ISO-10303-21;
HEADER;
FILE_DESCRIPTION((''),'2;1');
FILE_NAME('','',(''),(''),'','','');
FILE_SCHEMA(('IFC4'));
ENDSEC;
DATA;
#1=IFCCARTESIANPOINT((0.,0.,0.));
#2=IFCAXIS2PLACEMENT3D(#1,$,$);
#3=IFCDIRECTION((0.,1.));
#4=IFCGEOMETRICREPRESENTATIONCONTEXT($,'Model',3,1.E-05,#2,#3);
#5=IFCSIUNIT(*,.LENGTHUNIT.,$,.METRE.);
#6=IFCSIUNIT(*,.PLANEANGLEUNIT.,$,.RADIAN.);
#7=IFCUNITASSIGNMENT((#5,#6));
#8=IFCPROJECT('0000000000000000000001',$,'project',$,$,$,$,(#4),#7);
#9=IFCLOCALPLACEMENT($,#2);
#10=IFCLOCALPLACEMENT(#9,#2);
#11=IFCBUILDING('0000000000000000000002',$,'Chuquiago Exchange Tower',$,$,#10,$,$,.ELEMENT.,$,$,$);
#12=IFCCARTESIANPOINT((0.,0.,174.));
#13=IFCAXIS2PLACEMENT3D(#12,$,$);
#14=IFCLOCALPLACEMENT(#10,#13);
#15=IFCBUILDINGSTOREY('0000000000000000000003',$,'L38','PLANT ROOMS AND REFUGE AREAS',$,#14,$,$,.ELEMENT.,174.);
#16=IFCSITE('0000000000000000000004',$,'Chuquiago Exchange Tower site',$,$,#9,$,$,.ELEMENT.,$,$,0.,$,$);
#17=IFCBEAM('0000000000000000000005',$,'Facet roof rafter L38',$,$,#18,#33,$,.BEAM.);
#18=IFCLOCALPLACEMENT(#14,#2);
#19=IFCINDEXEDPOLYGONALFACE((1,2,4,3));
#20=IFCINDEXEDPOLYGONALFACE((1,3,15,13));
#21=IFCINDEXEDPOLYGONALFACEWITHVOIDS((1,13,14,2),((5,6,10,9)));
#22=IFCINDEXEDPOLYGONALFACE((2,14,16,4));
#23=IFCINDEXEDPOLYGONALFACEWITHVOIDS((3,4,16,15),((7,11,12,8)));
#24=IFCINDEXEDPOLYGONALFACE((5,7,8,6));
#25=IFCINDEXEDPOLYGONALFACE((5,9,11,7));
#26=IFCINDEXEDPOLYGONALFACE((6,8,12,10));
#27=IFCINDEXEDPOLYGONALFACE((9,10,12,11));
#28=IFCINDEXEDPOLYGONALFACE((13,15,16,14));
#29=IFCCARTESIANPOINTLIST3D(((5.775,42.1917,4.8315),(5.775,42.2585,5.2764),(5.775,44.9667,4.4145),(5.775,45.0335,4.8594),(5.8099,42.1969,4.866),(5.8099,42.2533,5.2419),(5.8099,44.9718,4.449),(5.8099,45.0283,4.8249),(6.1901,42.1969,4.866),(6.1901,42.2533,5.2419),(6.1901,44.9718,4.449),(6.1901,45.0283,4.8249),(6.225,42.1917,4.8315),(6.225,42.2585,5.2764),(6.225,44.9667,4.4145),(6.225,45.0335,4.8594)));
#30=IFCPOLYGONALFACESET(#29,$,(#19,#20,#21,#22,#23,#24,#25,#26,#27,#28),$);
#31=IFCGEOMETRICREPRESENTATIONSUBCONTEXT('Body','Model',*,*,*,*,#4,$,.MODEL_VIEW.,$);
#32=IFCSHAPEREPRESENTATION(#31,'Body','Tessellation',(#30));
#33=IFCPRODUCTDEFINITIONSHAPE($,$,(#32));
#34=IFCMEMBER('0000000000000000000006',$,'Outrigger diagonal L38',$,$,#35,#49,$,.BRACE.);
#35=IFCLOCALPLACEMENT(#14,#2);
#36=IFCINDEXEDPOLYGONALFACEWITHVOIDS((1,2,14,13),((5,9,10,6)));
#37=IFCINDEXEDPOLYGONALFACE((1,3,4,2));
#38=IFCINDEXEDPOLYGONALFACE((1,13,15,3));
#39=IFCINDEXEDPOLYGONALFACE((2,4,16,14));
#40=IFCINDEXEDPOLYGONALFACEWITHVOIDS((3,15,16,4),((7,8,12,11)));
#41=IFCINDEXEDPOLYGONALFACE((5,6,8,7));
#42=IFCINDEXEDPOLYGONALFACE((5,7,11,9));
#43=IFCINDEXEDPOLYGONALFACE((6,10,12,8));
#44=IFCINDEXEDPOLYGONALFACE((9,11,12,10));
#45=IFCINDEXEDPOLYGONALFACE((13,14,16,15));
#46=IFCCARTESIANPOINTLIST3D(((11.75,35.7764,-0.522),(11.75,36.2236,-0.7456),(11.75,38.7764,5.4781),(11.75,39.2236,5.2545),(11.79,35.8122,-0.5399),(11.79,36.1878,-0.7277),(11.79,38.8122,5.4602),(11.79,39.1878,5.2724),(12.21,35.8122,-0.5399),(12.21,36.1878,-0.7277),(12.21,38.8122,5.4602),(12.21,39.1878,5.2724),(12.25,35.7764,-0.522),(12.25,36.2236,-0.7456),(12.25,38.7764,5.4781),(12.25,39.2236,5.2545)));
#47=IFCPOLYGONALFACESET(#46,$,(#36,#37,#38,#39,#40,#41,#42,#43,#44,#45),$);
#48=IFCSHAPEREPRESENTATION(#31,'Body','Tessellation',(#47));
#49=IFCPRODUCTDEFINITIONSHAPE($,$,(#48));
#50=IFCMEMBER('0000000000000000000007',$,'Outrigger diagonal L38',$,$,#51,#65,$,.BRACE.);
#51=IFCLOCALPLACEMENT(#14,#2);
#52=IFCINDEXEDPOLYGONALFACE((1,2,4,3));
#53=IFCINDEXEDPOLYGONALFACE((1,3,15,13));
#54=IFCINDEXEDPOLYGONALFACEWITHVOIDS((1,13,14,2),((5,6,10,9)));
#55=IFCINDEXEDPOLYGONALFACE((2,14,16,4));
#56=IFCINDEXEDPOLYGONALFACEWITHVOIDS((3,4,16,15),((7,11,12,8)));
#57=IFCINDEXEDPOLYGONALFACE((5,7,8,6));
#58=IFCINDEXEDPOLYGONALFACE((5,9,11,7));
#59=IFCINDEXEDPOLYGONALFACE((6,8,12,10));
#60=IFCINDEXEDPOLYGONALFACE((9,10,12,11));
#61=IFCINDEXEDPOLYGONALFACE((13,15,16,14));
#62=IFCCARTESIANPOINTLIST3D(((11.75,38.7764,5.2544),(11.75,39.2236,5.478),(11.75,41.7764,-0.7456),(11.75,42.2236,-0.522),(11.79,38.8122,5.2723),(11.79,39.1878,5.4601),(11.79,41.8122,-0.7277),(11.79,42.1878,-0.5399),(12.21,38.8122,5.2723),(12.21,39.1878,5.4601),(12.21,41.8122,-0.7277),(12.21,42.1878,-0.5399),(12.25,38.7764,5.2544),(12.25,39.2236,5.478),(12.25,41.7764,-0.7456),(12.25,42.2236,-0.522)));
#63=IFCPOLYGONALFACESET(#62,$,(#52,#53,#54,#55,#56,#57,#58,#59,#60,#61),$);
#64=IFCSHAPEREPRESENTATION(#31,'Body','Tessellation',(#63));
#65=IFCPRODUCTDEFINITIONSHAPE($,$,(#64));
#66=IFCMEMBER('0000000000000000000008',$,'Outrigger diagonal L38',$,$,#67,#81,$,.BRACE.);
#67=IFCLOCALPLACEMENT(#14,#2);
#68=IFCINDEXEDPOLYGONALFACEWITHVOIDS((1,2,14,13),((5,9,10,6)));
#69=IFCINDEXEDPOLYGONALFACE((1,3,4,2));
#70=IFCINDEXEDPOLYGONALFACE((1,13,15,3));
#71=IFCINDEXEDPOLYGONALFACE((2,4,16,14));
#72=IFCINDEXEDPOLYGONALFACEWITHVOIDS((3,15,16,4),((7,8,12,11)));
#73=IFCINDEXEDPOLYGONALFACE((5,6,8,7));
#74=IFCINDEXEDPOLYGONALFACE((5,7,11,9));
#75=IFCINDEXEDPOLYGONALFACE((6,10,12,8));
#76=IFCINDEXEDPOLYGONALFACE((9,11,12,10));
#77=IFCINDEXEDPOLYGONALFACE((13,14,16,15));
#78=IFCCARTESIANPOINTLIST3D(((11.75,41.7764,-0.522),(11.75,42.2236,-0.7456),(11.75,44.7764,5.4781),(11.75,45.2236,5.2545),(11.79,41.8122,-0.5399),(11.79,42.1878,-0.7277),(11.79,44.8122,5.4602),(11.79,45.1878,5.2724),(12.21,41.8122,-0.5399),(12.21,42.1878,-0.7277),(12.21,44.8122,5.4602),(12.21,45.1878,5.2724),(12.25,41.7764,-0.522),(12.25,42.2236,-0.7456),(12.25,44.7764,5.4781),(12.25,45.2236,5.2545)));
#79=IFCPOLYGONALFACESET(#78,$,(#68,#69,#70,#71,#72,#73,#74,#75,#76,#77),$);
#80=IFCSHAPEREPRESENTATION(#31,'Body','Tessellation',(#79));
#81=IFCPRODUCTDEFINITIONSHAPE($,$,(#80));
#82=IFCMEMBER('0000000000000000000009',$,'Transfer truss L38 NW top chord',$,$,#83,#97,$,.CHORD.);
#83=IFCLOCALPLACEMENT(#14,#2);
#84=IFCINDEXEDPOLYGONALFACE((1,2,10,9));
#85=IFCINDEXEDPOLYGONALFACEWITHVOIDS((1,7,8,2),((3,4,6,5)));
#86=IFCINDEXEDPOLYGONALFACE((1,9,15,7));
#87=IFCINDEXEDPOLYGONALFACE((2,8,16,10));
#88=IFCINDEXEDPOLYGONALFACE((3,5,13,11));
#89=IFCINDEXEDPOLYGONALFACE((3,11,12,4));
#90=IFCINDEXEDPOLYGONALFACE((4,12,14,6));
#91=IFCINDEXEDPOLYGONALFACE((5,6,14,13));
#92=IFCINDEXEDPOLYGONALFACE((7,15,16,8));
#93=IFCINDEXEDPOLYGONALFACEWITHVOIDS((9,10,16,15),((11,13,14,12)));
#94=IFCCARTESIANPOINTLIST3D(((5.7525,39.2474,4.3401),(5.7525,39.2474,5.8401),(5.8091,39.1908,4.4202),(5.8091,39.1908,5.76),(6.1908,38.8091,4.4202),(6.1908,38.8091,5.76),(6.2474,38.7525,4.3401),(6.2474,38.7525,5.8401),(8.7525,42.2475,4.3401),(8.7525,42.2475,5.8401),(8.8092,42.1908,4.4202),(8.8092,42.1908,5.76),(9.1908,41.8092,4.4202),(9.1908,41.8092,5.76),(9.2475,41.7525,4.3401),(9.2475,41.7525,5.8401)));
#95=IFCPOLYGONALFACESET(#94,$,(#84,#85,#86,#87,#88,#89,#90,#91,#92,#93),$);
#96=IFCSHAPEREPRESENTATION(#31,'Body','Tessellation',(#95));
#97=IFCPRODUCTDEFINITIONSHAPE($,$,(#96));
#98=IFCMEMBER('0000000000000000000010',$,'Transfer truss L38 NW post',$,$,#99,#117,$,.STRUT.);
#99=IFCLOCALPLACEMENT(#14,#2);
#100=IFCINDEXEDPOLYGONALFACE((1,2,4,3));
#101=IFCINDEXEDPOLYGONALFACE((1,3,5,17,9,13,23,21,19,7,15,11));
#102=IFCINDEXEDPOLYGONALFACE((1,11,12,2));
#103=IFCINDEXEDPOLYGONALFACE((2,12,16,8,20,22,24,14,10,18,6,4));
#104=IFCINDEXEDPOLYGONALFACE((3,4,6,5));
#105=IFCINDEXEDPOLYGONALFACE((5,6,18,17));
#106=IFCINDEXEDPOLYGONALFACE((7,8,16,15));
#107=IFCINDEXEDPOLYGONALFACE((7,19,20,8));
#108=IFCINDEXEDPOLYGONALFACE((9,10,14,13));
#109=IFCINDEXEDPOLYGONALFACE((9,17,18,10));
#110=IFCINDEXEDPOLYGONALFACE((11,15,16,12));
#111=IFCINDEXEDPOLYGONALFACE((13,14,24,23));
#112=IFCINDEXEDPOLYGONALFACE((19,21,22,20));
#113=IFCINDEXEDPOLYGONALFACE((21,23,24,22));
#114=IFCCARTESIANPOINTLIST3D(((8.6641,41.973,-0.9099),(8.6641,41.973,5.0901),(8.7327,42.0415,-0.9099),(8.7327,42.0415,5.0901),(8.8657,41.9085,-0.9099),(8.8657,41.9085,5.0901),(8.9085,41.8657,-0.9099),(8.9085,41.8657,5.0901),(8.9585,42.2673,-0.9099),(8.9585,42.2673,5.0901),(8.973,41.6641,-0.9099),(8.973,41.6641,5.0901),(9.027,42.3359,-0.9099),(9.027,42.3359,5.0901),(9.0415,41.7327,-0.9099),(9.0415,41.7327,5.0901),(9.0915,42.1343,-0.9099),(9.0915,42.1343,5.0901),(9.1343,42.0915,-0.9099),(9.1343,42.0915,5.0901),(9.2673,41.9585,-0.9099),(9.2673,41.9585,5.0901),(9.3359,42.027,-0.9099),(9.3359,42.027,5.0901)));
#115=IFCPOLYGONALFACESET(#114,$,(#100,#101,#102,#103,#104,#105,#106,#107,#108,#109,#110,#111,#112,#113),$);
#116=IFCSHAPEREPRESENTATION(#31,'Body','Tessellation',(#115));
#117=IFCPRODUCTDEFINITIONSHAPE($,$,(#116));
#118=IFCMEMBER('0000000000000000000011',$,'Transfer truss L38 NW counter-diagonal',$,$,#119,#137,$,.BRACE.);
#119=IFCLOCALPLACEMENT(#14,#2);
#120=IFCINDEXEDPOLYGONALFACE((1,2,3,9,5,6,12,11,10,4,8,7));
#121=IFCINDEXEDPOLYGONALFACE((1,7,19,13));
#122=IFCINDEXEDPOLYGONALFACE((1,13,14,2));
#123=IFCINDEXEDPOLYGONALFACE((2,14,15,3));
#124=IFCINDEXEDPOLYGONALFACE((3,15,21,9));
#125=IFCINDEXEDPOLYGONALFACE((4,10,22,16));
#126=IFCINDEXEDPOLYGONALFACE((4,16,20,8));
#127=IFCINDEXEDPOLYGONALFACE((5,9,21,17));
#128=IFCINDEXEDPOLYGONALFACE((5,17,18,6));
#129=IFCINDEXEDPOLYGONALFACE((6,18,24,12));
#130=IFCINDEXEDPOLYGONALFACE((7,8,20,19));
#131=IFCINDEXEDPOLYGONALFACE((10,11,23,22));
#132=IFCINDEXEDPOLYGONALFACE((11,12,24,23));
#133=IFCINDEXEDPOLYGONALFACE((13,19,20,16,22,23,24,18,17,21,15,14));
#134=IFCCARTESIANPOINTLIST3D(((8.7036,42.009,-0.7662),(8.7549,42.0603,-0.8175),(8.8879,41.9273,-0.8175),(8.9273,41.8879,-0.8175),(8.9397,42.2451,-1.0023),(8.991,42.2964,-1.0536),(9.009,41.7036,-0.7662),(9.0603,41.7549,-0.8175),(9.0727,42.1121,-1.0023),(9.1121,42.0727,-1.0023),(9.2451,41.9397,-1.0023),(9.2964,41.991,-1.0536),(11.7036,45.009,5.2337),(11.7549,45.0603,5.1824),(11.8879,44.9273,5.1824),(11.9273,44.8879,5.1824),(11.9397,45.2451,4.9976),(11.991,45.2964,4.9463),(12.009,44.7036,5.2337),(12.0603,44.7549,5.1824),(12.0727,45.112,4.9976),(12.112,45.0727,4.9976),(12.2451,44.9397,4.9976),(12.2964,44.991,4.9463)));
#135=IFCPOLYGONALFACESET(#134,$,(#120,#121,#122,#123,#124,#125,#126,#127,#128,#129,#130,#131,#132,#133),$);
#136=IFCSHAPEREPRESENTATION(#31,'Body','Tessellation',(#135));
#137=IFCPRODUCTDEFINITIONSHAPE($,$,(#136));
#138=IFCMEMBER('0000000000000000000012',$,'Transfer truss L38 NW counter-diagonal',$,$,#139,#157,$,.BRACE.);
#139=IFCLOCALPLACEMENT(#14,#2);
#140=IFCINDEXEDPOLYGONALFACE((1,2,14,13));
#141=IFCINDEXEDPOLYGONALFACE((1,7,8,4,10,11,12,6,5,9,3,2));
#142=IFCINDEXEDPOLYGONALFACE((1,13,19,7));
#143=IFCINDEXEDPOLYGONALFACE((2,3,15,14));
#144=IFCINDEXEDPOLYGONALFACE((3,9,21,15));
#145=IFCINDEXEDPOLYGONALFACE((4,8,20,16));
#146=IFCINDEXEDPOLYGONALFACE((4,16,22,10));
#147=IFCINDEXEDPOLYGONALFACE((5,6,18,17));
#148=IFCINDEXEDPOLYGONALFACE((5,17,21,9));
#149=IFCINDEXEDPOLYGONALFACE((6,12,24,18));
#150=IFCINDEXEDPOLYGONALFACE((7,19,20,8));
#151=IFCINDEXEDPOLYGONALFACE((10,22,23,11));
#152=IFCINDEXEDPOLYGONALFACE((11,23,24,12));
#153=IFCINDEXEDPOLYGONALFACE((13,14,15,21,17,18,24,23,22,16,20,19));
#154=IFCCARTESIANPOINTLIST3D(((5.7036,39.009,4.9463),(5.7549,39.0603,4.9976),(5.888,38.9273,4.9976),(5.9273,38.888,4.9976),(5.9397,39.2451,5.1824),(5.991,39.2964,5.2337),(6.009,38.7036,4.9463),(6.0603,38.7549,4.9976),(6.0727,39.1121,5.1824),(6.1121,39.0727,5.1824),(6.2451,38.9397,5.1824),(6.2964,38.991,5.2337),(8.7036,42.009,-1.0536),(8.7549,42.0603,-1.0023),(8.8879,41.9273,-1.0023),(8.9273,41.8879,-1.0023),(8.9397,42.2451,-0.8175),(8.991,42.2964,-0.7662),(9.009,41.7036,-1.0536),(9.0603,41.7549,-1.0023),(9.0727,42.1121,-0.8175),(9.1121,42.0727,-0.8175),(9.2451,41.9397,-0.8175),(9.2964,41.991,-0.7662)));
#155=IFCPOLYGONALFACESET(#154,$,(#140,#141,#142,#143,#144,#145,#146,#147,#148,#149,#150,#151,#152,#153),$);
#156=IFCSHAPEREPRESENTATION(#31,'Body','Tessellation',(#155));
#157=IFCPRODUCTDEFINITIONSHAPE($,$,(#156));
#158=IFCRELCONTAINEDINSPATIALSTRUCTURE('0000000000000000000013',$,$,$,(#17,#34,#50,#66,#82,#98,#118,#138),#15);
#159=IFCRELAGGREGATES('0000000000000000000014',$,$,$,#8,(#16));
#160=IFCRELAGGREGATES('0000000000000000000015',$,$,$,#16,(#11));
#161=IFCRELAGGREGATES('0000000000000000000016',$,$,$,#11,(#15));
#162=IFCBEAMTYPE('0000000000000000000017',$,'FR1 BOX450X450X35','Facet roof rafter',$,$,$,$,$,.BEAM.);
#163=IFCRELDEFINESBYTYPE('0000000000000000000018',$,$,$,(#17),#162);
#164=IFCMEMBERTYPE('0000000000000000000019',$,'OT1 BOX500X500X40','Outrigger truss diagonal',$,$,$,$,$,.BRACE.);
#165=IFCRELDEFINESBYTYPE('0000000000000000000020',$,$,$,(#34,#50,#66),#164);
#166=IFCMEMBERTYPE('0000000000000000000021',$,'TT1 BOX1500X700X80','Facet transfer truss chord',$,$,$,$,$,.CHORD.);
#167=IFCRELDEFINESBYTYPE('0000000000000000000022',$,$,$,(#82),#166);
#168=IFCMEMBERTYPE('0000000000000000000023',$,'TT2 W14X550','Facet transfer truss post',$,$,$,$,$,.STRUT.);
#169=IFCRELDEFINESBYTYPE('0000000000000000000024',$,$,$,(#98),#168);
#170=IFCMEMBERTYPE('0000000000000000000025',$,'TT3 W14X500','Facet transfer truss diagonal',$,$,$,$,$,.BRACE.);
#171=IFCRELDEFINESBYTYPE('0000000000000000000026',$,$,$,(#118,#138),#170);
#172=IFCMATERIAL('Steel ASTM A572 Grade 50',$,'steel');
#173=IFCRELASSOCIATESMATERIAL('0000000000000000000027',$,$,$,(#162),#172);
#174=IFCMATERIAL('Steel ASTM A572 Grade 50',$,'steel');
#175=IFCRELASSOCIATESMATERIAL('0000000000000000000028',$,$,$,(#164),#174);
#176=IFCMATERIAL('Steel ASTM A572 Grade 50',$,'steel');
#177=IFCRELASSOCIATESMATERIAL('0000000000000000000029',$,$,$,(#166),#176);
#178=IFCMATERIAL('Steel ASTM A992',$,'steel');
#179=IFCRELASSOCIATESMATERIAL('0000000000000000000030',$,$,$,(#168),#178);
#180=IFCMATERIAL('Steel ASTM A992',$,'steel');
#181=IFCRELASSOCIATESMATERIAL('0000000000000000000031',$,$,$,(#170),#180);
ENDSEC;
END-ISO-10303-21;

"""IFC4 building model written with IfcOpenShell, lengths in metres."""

from ifc_helpers import new_model, si_unit, direction, frame, origin, origin_2d, place, context, subcontext, project, spatial, hollow_rectangle, i_section, extrude, material, material_profile, profile_set, type_object, element, save


model = new_model("IFC4")

# Units and contexts
model_context = context("Model", 3, precision=1e-05, world=origin(), true_north=direction((0.0, 1.0)))
body_context = subcontext(model_context, "Body", "Model", "MODEL_VIEW")
ifc_project = project(units=[si_unit("LENGTHUNIT", "METRE"), si_unit("PLANEANGLEUNIT", "RADIAN")], contexts=[model_context])

# Site, building, storey
site_placement = place(None, origin())
site = spatial("IfcSite", under=ifc_project, at=site_placement, Name="Chuquiago Exchange Tower site", CompositionType="ELEMENT", RefElevation=0.0)
building_placement = place(site_placement, origin())
building = spatial("IfcBuilding", under=site, at=building_placement, Name="Chuquiago Exchange Tower", CompositionType="ELEMENT")
storey_placement = place(building_placement, frame((0.0, 0.0, 174.0)))
storey = spatial("IfcBuildingStorey", under=building, at=storey_placement, Name="L38", Description="PLANT ROOMS AND REFUGE AREAS", CompositionType="ELEMENT", Elevation=174.0)

# Beam
ifc_material_1 = material(Name="Steel ASTM A572 Grade 50", Category="steel")
ifc_material_profile_1 = material_profile(ifc_material_1, hollow_rectangle(XDim=0.45, YDim=0.45, WallThickness=0.0349, at=origin_2d()), Name="BOX450X450X35")
ifc_profile_set_1 = profile_set([ifc_material_profile_1], Name="Steel ASTM A572 Grade 50")
beam_type_1 = type_object("IfcBeamType", Name="FR1 BOX450X450X35", Description="Facet roof rafter", PredefinedType="BEAM", material=ifc_profile_set_1)
beam_1_placement = place(storey_placement, frame((6.0, 42.2251, 5.054), z_axis=(0.0, 0.988897, -0.148604), x_axis=(-1.0, 0.0, 0.0)))
element("IfcBeam", 1, at=beam_1_placement, inside=storey, type_object=beam_type_1, Name="Facet roof rafter L38", PredefinedType="BEAM", context=body_context, shape_type="SweptSolid", body=[
    extrude(hollow_rectangle(XDim=0.45, YDim=0.45, WallThickness=0.0349, at=origin_2d()), origin(), (0.0, 0.0, 1.0), 2.8062),
])

# Members
ifc_material_2 = material(Name="Steel ASTM A572 Grade 50", Category="steel")
ifc_material_profile_2 = material_profile(ifc_material_2, hollow_rectangle(XDim=0.5, YDim=0.5, WallThickness=0.04, at=origin_2d()), Name="BOX500X500X40")
ifc_profile_set_2 = profile_set([ifc_material_profile_2], Name="Steel ASTM A572 Grade 50")
member_type_1 = type_object("IfcMemberType", Name="OT1 BOX500X500X40", Description="Outrigger truss diagonal", PredefinedType="BRACE", material=ifc_profile_set_2)
for number, where, z_axis, x_axis, name in (
    (2, (12.0, 36.0, -0.6338), (0.0, 0.447214, 0.894427), (-1.0, 0.0, 0.0), "Outrigger diagonal L38"),
    (3, (12.0, 39.0, 5.3662), (0.0, 0.447214, -0.894427), (-1.0, 0.0, 0.0), "Outrigger diagonal L38"),
    (4, (12.0, 42.0, -0.6338), (0.0, 0.447214, 0.894427), (-1.0, 0.0, 0.0), "Outrigger diagonal L38"),
):
    element("IfcMember", number, at=place(storey_placement, frame(where, z_axis=z_axis, x_axis=x_axis)), inside=storey, type_object=member_type_1, Name=name, PredefinedType="BRACE", context=body_context, shape_type="SweptSolid", body=[
        extrude(hollow_rectangle(XDim=0.5, YDim=0.5, WallThickness=0.04, at=origin_2d()), origin(), (0.0, 0.0, 1.0), 6.7083),
    ])
ifc_material_3 = material(Name="Steel ASTM A572 Grade 50", Category="steel")
ifc_material_profile_3 = material_profile(ifc_material_3, hollow_rectangle(XDim=0.7, YDim=1.5, WallThickness=0.0801, at=origin_2d()), Name="BOX1500X700X80")
ifc_profile_set_3 = profile_set([ifc_material_profile_3], Name="Steel ASTM A572 Grade 50")
member_type_2 = type_object("IfcMemberType", Name="TT1 BOX1500X700X80", Description="Facet transfer truss chord", PredefinedType="CHORD", material=ifc_profile_set_3)
member_1_placement = place(storey_placement, frame((9.0, 42.0, 5.0901), z_axis=(-0.707107, -0.707107, 0.0), x_axis=(0.707107, -0.707107, 0.0)))
element("IfcMember", 5, at=member_1_placement, inside=storey, type_object=member_type_2, Name="Transfer truss L38 NW top chord", PredefinedType="CHORD", context=body_context, shape_type="SweptSolid", body=[
    extrude(hollow_rectangle(XDim=0.7, YDim=1.5, WallThickness=0.0801, at=origin_2d()), origin(), (0.0, 0.0, 1.0), 4.2427),
])
ifc_material_4 = material(Name="Steel ASTM A992", Category="steel")
ifc_material_profile_4 = material_profile(ifc_material_4, i_section(OverallWidth=0.4368, OverallDepth=0.5132, WebThickness=0.0605, FlangeThickness=0.0969, at=origin_2d()), Name="W14X550")
ifc_profile_set_4 = profile_set([ifc_material_profile_4], Name="Steel ASTM A992")
member_type_3 = type_object("IfcMemberType", Name="TT2 W14X550", Description="Facet transfer truss post", PredefinedType="STRUT", material=ifc_profile_set_4)
member_2_placement = place(storey_placement, frame((9.0, 42.0, -0.9099), z_axis=(0.0, 0.0, 1.0), x_axis=(-0.707107, 0.707107, 0.0)))
element("IfcMember", 6, at=member_2_placement, inside=storey, type_object=member_type_3, Name="Transfer truss L38 NW post", PredefinedType="STRUT", context=body_context, shape_type="SweptSolid", body=[
    extrude(i_section(OverallWidth=0.4368, OverallDepth=0.5132, WebThickness=0.0605, FlangeThickness=0.0969, at=origin_2d()), origin(), (0.0, 0.0, 1.0), 6.0),
])
ifc_material_5 = material(Name="Steel ASTM A992", Category="steel")
ifc_material_profile_5 = material_profile(ifc_material_5, i_section(OverallWidth=0.4319, OverallDepth=0.4978, WebThickness=0.0557, FlangeThickness=0.0889, at=origin_2d()), Name="W14X500")
ifc_profile_set_5 = profile_set([ifc_material_profile_5], Name="Steel ASTM A992")
member_type_4 = type_object("IfcMemberType", Name="TT3 W14X500", Description="Facet transfer truss diagonal", PredefinedType="BRACE", material=ifc_profile_set_5)
for number, where, z_axis, x_axis, name in (
    (7, (9.0, 42.0, -0.9099), (0.408248, 0.408248, 0.816497), (-0.707107, 0.707107, 0.0), "Transfer truss L38 NW counter-diagonal"),
    (8, (9.0, 42.0, -0.9099), (-0.408248, -0.408248, 0.816497), (0.707107, -0.707107, 0.0), "Transfer truss L38 NW counter-diagonal"),
):
    element("IfcMember", number, at=place(storey_placement, frame(where, z_axis=z_axis, x_axis=x_axis)), inside=storey, type_object=member_type_4, Name=name, PredefinedType="BRACE", context=body_context, shape_type="SweptSolid", body=[
        extrude(i_section(OverallWidth=0.4319, OverallDepth=0.4978, WebThickness=0.0557, FlangeThickness=0.0889, at=origin_2d()), origin(), (0.0, 0.0, 1.0), 7.3484),
    ])

save(model, "model.ifc")
